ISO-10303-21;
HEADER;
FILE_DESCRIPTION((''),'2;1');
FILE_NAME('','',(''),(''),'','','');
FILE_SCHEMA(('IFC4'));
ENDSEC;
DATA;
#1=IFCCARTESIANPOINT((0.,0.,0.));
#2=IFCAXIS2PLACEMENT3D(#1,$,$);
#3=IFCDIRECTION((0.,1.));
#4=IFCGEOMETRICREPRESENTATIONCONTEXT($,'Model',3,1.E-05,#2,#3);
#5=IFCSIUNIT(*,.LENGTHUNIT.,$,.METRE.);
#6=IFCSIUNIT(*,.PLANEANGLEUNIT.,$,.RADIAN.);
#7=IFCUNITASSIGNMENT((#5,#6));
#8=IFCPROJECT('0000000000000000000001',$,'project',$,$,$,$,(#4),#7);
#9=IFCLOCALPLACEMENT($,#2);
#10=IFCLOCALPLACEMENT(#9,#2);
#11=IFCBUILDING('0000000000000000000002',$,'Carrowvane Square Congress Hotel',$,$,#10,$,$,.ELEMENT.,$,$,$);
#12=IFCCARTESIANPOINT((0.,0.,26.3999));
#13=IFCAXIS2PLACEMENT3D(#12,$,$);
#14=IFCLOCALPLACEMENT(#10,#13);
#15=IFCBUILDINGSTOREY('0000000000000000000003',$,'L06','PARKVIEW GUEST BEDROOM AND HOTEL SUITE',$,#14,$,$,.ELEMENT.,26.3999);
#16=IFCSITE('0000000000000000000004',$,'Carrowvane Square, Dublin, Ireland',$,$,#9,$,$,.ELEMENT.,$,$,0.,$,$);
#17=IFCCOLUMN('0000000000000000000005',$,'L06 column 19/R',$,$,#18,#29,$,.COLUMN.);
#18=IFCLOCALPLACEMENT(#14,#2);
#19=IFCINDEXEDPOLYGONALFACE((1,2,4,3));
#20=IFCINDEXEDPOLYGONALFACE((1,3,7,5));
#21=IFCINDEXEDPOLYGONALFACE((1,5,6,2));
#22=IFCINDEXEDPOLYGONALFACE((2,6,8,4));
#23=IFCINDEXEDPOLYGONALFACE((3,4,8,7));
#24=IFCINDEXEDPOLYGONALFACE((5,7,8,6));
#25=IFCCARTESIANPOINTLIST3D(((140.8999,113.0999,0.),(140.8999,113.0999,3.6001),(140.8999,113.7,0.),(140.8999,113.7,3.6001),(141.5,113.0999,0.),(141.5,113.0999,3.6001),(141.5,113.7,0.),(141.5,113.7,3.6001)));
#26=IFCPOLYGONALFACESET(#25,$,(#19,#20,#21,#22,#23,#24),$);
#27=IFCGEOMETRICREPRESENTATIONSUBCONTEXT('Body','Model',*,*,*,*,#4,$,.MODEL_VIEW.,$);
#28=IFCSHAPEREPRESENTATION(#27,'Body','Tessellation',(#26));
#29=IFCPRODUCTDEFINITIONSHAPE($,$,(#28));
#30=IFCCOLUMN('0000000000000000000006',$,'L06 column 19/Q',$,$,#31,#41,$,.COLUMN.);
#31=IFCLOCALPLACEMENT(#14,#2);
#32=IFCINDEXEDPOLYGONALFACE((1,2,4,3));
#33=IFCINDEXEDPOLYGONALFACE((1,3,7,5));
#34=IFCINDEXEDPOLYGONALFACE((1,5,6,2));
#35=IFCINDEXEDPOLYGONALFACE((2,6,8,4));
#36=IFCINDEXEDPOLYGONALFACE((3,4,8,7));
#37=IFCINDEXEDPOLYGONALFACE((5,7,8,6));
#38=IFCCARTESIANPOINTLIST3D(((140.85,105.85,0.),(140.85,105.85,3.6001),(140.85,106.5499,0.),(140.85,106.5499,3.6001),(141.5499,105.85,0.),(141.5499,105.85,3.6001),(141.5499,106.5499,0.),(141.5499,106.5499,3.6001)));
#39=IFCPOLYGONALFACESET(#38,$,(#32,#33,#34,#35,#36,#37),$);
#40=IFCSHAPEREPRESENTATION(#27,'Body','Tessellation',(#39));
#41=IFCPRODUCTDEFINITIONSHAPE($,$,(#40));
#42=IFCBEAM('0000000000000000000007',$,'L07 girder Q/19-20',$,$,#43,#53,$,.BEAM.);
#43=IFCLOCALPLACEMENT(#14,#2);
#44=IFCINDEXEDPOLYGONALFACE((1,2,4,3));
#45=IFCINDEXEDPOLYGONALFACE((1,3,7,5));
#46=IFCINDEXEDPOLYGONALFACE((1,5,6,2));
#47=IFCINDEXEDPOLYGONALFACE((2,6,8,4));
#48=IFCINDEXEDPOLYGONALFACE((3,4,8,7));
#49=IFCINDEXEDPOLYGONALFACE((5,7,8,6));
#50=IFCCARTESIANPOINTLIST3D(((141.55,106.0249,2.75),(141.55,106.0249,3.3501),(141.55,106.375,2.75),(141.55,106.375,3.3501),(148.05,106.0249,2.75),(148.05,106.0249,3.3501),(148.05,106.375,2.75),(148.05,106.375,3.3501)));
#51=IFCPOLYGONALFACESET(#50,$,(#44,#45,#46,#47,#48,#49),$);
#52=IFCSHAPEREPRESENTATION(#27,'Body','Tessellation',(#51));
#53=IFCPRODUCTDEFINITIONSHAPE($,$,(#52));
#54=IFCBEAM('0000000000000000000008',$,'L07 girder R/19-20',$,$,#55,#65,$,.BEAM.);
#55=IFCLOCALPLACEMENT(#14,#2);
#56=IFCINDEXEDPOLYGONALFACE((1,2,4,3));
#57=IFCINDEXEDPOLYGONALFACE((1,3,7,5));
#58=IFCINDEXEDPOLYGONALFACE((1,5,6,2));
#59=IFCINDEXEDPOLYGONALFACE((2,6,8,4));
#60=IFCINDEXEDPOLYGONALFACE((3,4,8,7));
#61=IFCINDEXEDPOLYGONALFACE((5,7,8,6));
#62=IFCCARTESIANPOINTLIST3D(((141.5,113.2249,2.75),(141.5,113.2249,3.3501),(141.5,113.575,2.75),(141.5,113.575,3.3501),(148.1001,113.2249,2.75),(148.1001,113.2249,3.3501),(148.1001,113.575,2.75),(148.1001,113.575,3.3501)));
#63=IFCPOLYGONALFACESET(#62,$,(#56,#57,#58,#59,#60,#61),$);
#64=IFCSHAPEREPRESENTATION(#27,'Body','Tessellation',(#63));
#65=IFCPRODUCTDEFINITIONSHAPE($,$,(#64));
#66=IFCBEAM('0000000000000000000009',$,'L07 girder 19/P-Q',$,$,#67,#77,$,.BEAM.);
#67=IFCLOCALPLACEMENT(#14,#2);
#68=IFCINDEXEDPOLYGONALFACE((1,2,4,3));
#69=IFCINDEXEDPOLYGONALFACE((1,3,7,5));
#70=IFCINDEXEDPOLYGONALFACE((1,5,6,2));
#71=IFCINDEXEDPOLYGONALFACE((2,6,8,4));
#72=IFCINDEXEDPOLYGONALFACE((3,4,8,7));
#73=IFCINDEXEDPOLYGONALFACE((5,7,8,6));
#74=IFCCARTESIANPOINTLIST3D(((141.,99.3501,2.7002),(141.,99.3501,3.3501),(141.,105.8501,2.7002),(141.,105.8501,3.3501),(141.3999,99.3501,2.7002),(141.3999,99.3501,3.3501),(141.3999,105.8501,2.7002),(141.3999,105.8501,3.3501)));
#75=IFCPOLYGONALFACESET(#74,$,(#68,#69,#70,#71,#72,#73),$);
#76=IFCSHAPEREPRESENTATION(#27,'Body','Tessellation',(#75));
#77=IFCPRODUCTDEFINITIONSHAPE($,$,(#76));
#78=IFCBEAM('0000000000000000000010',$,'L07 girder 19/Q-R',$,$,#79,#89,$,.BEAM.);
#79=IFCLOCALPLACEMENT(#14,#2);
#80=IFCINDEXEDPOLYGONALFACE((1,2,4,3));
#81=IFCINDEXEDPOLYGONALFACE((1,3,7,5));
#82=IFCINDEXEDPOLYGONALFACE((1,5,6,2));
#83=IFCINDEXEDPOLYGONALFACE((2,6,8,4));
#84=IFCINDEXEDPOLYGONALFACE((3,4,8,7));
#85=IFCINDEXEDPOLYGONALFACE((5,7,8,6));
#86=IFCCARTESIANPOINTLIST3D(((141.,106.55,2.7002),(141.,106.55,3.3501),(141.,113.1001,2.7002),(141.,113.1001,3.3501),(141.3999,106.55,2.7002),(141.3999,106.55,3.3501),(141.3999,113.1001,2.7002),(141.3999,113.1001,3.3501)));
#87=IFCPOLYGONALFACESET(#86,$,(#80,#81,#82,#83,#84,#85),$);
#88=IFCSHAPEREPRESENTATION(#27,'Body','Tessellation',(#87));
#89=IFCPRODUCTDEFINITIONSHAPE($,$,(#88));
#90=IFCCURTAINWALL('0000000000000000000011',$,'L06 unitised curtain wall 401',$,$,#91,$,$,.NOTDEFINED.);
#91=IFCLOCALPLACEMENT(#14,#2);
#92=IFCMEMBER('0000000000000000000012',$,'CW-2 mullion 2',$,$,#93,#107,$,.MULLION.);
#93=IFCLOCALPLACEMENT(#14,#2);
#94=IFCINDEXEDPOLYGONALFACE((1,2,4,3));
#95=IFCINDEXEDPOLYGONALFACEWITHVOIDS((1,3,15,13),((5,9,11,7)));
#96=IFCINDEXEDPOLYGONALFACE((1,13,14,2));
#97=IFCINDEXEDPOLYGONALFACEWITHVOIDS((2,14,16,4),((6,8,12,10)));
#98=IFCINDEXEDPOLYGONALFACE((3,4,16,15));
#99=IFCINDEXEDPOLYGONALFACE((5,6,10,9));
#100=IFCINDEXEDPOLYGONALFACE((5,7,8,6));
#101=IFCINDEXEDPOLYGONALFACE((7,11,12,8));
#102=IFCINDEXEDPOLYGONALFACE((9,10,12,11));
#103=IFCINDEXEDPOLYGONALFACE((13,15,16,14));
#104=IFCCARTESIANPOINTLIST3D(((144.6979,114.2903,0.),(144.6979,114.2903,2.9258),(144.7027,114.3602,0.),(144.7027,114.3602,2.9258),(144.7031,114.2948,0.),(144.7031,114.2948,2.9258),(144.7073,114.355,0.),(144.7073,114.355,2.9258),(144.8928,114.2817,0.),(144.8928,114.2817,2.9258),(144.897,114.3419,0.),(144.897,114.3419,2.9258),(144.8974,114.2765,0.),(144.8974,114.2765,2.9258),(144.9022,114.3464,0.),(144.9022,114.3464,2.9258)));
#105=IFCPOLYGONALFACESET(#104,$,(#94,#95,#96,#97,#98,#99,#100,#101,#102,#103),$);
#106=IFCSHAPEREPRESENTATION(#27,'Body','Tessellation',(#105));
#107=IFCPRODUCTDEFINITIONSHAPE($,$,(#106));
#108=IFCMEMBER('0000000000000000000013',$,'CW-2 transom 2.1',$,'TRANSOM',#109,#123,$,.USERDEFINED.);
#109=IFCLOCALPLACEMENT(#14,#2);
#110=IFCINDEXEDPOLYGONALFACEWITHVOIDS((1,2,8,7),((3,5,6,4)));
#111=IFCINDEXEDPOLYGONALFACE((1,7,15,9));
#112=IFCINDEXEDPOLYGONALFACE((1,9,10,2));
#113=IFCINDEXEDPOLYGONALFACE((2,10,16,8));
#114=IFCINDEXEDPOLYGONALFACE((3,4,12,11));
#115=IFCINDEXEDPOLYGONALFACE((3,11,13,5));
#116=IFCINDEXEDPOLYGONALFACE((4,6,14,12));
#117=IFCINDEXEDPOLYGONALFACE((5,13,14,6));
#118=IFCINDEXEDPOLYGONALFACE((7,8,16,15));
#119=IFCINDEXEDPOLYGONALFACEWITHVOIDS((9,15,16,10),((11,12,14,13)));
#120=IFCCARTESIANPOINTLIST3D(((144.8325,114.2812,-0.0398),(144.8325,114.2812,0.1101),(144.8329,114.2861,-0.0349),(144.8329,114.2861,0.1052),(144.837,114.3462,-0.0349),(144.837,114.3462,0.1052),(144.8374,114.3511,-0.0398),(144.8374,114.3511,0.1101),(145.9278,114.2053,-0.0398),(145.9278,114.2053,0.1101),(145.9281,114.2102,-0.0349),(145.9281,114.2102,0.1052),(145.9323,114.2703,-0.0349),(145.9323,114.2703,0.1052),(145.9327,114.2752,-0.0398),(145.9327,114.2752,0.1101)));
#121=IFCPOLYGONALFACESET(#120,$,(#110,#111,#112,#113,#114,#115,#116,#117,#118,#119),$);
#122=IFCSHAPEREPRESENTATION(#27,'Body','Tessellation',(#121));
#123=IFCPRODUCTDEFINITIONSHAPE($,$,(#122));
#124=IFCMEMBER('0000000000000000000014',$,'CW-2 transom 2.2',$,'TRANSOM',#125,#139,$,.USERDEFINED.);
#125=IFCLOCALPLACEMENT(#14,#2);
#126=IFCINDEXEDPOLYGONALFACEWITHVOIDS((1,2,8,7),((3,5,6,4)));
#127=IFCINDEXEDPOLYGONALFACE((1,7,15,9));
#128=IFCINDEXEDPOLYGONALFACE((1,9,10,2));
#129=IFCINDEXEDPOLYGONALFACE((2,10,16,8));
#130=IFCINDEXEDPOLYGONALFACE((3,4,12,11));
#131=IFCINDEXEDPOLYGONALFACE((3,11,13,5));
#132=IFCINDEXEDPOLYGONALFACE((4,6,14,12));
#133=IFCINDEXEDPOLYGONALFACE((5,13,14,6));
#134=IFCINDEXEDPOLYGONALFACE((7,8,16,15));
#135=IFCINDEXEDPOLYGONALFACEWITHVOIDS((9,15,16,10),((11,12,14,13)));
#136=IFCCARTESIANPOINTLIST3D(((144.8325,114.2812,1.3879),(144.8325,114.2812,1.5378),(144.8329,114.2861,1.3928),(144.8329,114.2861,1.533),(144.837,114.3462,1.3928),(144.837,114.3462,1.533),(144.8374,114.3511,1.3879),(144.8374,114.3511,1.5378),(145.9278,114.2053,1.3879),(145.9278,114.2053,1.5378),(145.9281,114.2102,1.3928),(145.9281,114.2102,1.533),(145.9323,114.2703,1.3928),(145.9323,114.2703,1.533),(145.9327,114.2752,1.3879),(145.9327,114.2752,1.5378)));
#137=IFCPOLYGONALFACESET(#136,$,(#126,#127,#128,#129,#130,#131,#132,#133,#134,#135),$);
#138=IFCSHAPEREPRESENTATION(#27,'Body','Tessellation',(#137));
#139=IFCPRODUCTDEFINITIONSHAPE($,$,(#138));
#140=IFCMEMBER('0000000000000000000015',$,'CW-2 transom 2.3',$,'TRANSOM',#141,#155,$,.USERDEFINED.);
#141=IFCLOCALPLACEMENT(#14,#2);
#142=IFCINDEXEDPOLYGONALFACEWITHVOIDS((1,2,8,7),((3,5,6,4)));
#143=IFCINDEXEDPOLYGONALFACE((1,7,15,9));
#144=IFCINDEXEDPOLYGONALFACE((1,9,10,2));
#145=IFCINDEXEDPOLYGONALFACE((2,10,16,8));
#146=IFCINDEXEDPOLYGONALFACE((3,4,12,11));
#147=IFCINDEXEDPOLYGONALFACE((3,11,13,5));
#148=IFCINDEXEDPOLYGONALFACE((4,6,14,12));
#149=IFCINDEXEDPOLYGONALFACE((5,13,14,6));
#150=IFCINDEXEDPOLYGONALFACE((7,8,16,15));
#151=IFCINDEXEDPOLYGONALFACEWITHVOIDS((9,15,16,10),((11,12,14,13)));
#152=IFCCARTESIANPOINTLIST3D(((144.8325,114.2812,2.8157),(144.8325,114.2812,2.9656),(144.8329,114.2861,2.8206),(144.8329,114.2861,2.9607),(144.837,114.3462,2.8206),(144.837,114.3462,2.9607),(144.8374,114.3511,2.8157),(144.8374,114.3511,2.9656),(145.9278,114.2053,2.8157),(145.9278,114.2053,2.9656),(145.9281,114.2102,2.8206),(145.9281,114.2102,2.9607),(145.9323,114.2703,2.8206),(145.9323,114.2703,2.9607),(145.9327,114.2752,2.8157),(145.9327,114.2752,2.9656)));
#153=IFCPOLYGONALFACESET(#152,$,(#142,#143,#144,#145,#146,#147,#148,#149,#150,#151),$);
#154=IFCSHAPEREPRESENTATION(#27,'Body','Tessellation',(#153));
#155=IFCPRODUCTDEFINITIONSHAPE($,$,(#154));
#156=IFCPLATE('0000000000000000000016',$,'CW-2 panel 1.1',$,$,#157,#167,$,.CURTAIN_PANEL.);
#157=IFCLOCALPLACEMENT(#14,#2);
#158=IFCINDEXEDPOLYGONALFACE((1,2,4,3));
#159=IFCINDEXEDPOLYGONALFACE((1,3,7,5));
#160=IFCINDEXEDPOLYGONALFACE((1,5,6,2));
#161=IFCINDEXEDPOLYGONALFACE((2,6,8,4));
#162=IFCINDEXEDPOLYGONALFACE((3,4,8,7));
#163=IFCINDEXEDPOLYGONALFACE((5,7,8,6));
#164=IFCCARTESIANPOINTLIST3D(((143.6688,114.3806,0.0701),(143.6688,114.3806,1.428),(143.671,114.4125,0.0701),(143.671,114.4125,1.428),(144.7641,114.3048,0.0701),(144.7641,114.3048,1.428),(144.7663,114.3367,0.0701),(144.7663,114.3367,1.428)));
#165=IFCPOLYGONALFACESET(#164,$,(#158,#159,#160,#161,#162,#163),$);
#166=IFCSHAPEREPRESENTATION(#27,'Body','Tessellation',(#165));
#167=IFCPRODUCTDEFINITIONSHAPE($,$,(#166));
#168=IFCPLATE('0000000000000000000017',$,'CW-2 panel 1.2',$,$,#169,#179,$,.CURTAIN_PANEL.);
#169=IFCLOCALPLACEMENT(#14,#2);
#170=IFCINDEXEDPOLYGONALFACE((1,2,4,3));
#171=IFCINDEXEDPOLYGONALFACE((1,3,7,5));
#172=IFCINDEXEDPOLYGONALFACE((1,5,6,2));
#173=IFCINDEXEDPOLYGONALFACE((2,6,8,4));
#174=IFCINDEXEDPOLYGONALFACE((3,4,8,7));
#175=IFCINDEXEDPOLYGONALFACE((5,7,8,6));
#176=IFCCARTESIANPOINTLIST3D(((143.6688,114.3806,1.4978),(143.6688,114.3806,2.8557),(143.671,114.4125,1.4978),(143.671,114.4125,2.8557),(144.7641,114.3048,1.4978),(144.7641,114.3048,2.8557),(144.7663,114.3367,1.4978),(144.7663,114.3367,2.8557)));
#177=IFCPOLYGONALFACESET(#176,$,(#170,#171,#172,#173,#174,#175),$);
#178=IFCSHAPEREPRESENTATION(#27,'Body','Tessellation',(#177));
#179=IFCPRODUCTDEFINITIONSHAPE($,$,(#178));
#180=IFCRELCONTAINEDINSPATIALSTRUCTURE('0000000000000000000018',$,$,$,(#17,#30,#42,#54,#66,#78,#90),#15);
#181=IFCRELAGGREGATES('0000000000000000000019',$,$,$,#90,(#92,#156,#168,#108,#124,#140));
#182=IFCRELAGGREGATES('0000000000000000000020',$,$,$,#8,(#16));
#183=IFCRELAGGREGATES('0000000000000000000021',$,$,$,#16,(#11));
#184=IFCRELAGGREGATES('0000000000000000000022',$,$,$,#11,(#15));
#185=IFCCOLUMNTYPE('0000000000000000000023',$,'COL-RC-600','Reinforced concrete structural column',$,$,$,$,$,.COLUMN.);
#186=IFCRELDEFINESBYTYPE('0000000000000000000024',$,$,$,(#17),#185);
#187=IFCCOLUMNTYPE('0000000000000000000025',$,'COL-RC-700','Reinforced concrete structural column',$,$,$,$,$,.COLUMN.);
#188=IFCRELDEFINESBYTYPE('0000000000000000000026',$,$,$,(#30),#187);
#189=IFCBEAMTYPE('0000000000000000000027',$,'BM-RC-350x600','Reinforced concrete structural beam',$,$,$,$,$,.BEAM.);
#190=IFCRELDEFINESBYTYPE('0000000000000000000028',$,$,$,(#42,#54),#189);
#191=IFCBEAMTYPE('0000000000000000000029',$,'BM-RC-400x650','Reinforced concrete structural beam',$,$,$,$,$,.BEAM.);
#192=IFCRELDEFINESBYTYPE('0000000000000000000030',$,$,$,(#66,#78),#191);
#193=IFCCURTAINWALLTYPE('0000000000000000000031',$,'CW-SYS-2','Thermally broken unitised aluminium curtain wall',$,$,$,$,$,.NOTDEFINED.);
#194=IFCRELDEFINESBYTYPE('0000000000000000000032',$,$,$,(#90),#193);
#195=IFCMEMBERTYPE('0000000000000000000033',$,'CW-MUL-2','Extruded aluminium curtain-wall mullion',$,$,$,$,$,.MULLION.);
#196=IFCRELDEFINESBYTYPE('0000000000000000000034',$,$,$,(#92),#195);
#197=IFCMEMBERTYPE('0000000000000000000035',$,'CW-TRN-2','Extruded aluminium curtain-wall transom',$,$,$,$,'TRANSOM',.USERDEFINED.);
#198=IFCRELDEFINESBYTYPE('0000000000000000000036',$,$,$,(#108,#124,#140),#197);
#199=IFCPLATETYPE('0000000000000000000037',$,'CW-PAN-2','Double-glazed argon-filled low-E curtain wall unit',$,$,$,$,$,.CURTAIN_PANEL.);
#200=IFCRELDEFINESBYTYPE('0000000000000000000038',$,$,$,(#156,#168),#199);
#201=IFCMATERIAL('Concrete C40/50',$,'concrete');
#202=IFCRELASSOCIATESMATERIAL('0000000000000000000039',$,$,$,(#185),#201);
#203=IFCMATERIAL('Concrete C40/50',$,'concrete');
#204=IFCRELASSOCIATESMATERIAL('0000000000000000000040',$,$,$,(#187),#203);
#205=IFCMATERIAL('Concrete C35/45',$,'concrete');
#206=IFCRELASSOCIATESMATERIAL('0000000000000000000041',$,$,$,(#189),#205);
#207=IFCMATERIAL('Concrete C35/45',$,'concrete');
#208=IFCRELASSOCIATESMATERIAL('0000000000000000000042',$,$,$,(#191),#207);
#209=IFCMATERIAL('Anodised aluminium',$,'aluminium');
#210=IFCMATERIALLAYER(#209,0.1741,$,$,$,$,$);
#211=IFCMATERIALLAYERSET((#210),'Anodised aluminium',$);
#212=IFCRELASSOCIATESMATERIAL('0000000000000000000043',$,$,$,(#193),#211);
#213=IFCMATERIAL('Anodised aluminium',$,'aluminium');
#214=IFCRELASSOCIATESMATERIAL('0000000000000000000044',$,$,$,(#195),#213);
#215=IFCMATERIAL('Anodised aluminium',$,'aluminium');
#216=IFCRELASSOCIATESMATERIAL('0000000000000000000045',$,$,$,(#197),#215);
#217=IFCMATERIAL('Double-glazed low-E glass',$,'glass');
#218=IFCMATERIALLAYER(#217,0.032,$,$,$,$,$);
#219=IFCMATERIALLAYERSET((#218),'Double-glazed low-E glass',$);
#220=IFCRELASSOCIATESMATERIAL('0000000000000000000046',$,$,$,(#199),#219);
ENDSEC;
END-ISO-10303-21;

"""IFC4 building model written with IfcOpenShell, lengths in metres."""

from ifc_helpers import new_model, si_unit, direction, frame, origin, origin_2d, place, context, subcontext, project, spatial, rectangle, hollow_rectangle, extrude, material, layer, layer_set, material_profile, profile_set, type_object, element, aggregate, save


model = new_model("IFC4")

# Units and contexts
model_context = context("Model", 3, precision=1e-05, world=origin(), true_north=direction((0.0, 1.0)))
body_context = subcontext(model_context, "Body", "Model", "MODEL_VIEW")
ifc_project = project(units=[si_unit("LENGTHUNIT", "METRE"), si_unit("PLANEANGLEUNIT", "RADIAN")], contexts=[model_context])

# Site, building, storey
site_placement = place(None, origin())
site = spatial("IfcSite", under=ifc_project, at=site_placement, Name="Carrowvane Square, Dublin, Ireland", CompositionType="ELEMENT", RefElevation=0.0)
building_placement = place(site_placement, origin())
building = spatial("IfcBuilding", under=site, at=building_placement, Name="Carrowvane Square Congress Hotel", CompositionType="ELEMENT")
storey_placement = place(building_placement, frame((0.0, 0.0, 26.3999)))
storey = spatial("IfcBuildingStorey", under=building, at=storey_placement, Name="L06", Description="PARKVIEW GUEST BEDROOM AND HOTEL SUITE", CompositionType="ELEMENT", Elevation=26.3999)

# Columns
ifc_material_1 = material(Name="Concrete C40/50", Category="concrete")
ifc_material_profile_1 = material_profile(ifc_material_1, rectangle(XDim=0.6001, YDim=0.6001, at=origin_2d()), Name="RC 600x600")
ifc_profile_set_1 = profile_set([ifc_material_profile_1], Name="Concrete C40/50")
column_type_1 = type_object("IfcColumnType", Name="COL-RC-600", Description="Reinforced concrete structural column", PredefinedType="COLUMN", material=ifc_profile_set_1)
column_1_placement = place(storey_placement, frame((141.2, 113.3999, 0.0), z_axis=(0.0, 0.0, 1.0), x_axis=(1.0, 0.0, 0.0)))
element("IfcColumn", 1, at=column_1_placement, inside=storey, type_object=column_type_1, Name="L06 column 19/R", PredefinedType="COLUMN", context=body_context, shape_type="SweptSolid", body=[
    extrude(rectangle(XDim=0.6001, YDim=0.6001, at=origin_2d()), origin(), (0.0, 0.0, 1.0), 3.6001),
])
ifc_material_2 = material(Name="Concrete C40/50", Category="concrete")
ifc_material_profile_2 = material_profile(ifc_material_2, rectangle(XDim=0.7, YDim=0.7, at=origin_2d()), Name="RC 700x700")
ifc_profile_set_2 = profile_set([ifc_material_profile_2], Name="Concrete C40/50")
column_type_2 = type_object("IfcColumnType", Name="COL-RC-700", Description="Reinforced concrete structural column", PredefinedType="COLUMN", material=ifc_profile_set_2)
column_2_placement = place(storey_placement, frame((141.2, 106.2, 0.0), z_axis=(0.0, 0.0, 1.0), x_axis=(1.0, 0.0, 0.0)))
element("IfcColumn", 2, at=column_2_placement, inside=storey, type_object=column_type_2, Name="L06 column 19/Q", PredefinedType="COLUMN", context=body_context, shape_type="SweptSolid", body=[
    extrude(rectangle(XDim=0.7, YDim=0.7, at=origin_2d()), origin(), (0.0, 0.0, 1.0), 3.6001),
])

# Beams
ifc_material_3 = material(Name="Concrete C35/45", Category="concrete")
ifc_material_profile_3 = material_profile(ifc_material_3, rectangle(XDim=0.3501, YDim=0.6001, at=origin_2d()), Name="RC 350x600")
ifc_profile_set_3 = profile_set([ifc_material_profile_3], Name="Concrete C35/45")
beam_type_1 = type_object("IfcBeamType", Name="BM-RC-350x600", Description="Reinforced concrete structural beam", PredefinedType="BEAM", material=ifc_profile_set_3)
beam_1_placement = place(storey_placement, frame((141.55, 106.2, 3.05), z_axis=(1.0, 0.0, 0.0), x_axis=(0.0, 1.0, 0.0)))
element("IfcBeam", 3, at=beam_1_placement, inside=storey, type_object=beam_type_1, Name="L07 girder Q/19-20", PredefinedType="BEAM", context=body_context, shape_type="SweptSolid", body=[
    extrude(rectangle(XDim=0.3501, YDim=0.6001, at=origin_2d()), origin(), (0.0, 0.0, 1.0), 6.5),
])
beam_2_placement = place(storey_placement, frame((141.5, 113.3999, 3.05), z_axis=(1.0, 0.0, 0.0), x_axis=(0.0, 1.0, 0.0)))
element("IfcBeam", 4, at=beam_2_placement, inside=storey, type_object=beam_type_1, Name="L07 girder R/19-20", PredefinedType="BEAM", context=body_context, shape_type="SweptSolid", body=[
    extrude(rectangle(XDim=0.3501, YDim=0.6001, at=origin_2d()), origin(), (0.0, 0.0, 1.0), 6.6001),
])
ifc_material_4 = material(Name="Concrete C35/45", Category="concrete")
ifc_material_profile_4 = material_profile(ifc_material_4, rectangle(XDim=0.3999, YDim=0.6499, at=origin_2d()), Name="RC 400x650")
ifc_profile_set_4 = profile_set([ifc_material_profile_4], Name="Concrete C35/45")
beam_type_2 = type_object("IfcBeamType", Name="BM-RC-400x650", Description="Reinforced concrete structural beam", PredefinedType="BEAM", material=ifc_profile_set_4)
beam_3_placement = place(storey_placement, frame((141.2, 99.3501, 3.0251), z_axis=(0.0, 1.0, 0.0), x_axis=(-1.0, 0.0, 0.0)))
element("IfcBeam", 5, at=beam_3_placement, inside=storey, type_object=beam_type_2, Name="L07 girder 19/P-Q", PredefinedType="BEAM", context=body_context, shape_type="SweptSolid", body=[
    extrude(rectangle(XDim=0.3999, YDim=0.6499, at=origin_2d()), origin(), (0.0, 0.0, 1.0), 6.5),
])
beam_4_placement = place(storey_placement, frame((141.2, 106.55, 3.0251), z_axis=(0.0, 1.0, 0.0), x_axis=(-1.0, 0.0, 0.0)))
element("IfcBeam", 6, at=beam_4_placement, inside=storey, type_object=beam_type_2, Name="L07 girder 19/Q-R", PredefinedType="BEAM", context=body_context, shape_type="SweptSolid", body=[
    extrude(rectangle(XDim=0.3999, YDim=0.6499, at=origin_2d()), origin(), (0.0, 0.0, 1.0), 6.55),
])

# Curtain wall, members, plates
ifc_material_5 = material(Name="Anodised aluminium", Category="aluminium")
ifc_layer_1 = layer(ifc_material_5, 0.1741)
ifc_layer_set_1 = layer_set([ifc_layer_1], Name="Anodised aluminium")
curtain_wall_type = type_object("IfcCurtainWallType", Name="CW-SYS-2", Description="Thermally broken unitised aluminium curtain wall", PredefinedType="NOTDEFINED", material=ifc_layer_set_1)
curtain_wall_placement = place(storey_placement, origin())
curtain_wall = element("IfcCurtainWall", 7, at=curtain_wall_placement, inside=storey, type_object=curtain_wall_type, Name="L06 unitised curtain wall 401", PredefinedType="NOTDEFINED")
ifc_material_6 = material(Name="Anodised aluminium", Category="aluminium")
ifc_material_profile_5 = material_profile(ifc_material_6, hollow_rectangle(XDim=0.0701, YDim=0.2, WallThickness=0.0049, at=origin_2d()), Name="CW-ML 70x200x5")
ifc_profile_set_5 = profile_set([ifc_material_profile_5], Name="Anodised aluminium")
member_type_1 = type_object("IfcMemberType", Name="CW-MUL-2", Description="Extruded aluminium curtain-wall mullion", PredefinedType="MULLION", material=ifc_profile_set_5)
member_1_placement = place(storey_placement, frame((144.8, 114.3184, 0.0), z_axis=(0.0, 0.0, 1.0), x_axis=(0.068986, 0.997618, 0.0)))
member_1 = element("IfcMember", 8, at=member_1_placement, type_object=member_type_1, Name="CW-2 mullion 2", PredefinedType="MULLION", context=body_context, shape_type="SweptSolid", body=[
    extrude(hollow_rectangle(XDim=0.0701, YDim=0.2, WallThickness=0.0049, at=origin_2d()), origin(), (0.0, 0.0, 1.0), 2.9258),
])
ifc_material_7 = material(Name="Anodised aluminium", Category="aluminium")
ifc_material_profile_6 = material_profile(ifc_material_7, hollow_rectangle(XDim=0.0701, YDim=0.1499, WallThickness=0.0049, at=origin_2d()), Name="CW-TR 70x150x5")
ifc_profile_set_6 = profile_set([ifc_material_profile_6], Name="Anodised aluminium")
member_type_2 = type_object("IfcMemberType", Name="CW-TRN-2", Description="Extruded aluminium curtain-wall transom", ElementType="TRANSOM", PredefinedType="USERDEFINED", material=ifc_profile_set_6)
member_2_placement = place(storey_placement, frame((144.835, 114.3162, 0.0352), z_axis=(0.997606, -0.069161, 0.0), x_axis=(0.069161, 0.997606, 0.0)))
member_2 = element("IfcMember", 9, at=member_2_placement, type_object=member_type_2, Name="CW-2 transom 2.1", ObjectType="TRANSOM", PredefinedType="USERDEFINED", context=body_context, shape_type="SweptSolid", body=[
    extrude(hollow_rectangle(XDim=0.0701, YDim=0.1499, WallThickness=0.0049, at=origin_2d()), origin(), (0.0, 0.0, 1.0), 1.0979),
])
member_3_placement = place(storey_placement, frame((144.835, 114.3162, 1.4629), z_axis=(0.997606, -0.069161, 0.0), x_axis=(0.069161, 0.997606, 0.0)))
member_3 = element("IfcMember", 10, at=member_3_placement, type_object=member_type_2, Name="CW-2 transom 2.2", ObjectType="TRANSOM", PredefinedType="USERDEFINED", context=body_context, shape_type="SweptSolid", body=[
    extrude(hollow_rectangle(XDim=0.0701, YDim=0.1499, WallThickness=0.0049, at=origin_2d()), origin(), (0.0, 0.0, 1.0), 1.0979),
])
member_4_placement = place(storey_placement, frame((144.835, 114.3162, 2.8906), z_axis=(0.997606, -0.069161, 0.0), x_axis=(0.069161, 0.997606, 0.0)))
member_4 = element("IfcMember", 11, at=member_4_placement, type_object=member_type_2, Name="CW-2 transom 2.3", ObjectType="TRANSOM", PredefinedType="USERDEFINED", context=body_context, shape_type="SweptSolid", body=[
    extrude(hollow_rectangle(XDim=0.0701, YDim=0.1499, WallThickness=0.0049, at=origin_2d()), origin(), (0.0, 0.0, 1.0), 1.0979),
])
ifc_material_8 = material(Name="Double-glazed low-E glass", Category="glass")
ifc_layer_2 = layer(ifc_material_8, 0.032)
ifc_layer_set_2 = layer_set([ifc_layer_2], Name="Double-glazed low-E glass")
plate_type = type_object("IfcPlateType", Name="CW-PAN-2", Description="Double-glazed argon-filled low-E curtain wall unit", PredefinedType="CURTAIN_PANEL", material=ifc_layer_set_2)
plate_1_placement = place(storey_placement, frame((144.2175, 114.3586, 0.0701), z_axis=(0.0, 0.0, 1.0), x_axis=(0.997618, -0.068986, 0.0)))
plate_1 = element("IfcPlate", 12, at=plate_1_placement, type_object=plate_type, Name="CW-2 panel 1.1", PredefinedType="CURTAIN_PANEL", context=body_context, shape_type="SweptSolid", body=[
    extrude(rectangle(XDim=1.0979, YDim=0.032, at=origin_2d()), origin(), (0.0, 0.0, 1.0), 1.3579),
])
plate_2_placement = place(storey_placement, frame((144.2175, 114.3586, 1.4978), z_axis=(0.0, 0.0, 1.0), x_axis=(0.997618, -0.068986, 0.0)))
plate_2 = element("IfcPlate", 13, at=plate_2_placement, type_object=plate_type, Name="CW-2 panel 1.2", PredefinedType="CURTAIN_PANEL", context=body_context, shape_type="SweptSolid", body=[
    extrude(rectangle(XDim=1.0979, YDim=0.032, at=origin_2d()), origin(), (0.0, 0.0, 1.0), 1.3579),
])
aggregate(curtain_wall, [member_1, plate_1, plate_2, member_2, member_3, member_4])

save(model, "model.ifc")
